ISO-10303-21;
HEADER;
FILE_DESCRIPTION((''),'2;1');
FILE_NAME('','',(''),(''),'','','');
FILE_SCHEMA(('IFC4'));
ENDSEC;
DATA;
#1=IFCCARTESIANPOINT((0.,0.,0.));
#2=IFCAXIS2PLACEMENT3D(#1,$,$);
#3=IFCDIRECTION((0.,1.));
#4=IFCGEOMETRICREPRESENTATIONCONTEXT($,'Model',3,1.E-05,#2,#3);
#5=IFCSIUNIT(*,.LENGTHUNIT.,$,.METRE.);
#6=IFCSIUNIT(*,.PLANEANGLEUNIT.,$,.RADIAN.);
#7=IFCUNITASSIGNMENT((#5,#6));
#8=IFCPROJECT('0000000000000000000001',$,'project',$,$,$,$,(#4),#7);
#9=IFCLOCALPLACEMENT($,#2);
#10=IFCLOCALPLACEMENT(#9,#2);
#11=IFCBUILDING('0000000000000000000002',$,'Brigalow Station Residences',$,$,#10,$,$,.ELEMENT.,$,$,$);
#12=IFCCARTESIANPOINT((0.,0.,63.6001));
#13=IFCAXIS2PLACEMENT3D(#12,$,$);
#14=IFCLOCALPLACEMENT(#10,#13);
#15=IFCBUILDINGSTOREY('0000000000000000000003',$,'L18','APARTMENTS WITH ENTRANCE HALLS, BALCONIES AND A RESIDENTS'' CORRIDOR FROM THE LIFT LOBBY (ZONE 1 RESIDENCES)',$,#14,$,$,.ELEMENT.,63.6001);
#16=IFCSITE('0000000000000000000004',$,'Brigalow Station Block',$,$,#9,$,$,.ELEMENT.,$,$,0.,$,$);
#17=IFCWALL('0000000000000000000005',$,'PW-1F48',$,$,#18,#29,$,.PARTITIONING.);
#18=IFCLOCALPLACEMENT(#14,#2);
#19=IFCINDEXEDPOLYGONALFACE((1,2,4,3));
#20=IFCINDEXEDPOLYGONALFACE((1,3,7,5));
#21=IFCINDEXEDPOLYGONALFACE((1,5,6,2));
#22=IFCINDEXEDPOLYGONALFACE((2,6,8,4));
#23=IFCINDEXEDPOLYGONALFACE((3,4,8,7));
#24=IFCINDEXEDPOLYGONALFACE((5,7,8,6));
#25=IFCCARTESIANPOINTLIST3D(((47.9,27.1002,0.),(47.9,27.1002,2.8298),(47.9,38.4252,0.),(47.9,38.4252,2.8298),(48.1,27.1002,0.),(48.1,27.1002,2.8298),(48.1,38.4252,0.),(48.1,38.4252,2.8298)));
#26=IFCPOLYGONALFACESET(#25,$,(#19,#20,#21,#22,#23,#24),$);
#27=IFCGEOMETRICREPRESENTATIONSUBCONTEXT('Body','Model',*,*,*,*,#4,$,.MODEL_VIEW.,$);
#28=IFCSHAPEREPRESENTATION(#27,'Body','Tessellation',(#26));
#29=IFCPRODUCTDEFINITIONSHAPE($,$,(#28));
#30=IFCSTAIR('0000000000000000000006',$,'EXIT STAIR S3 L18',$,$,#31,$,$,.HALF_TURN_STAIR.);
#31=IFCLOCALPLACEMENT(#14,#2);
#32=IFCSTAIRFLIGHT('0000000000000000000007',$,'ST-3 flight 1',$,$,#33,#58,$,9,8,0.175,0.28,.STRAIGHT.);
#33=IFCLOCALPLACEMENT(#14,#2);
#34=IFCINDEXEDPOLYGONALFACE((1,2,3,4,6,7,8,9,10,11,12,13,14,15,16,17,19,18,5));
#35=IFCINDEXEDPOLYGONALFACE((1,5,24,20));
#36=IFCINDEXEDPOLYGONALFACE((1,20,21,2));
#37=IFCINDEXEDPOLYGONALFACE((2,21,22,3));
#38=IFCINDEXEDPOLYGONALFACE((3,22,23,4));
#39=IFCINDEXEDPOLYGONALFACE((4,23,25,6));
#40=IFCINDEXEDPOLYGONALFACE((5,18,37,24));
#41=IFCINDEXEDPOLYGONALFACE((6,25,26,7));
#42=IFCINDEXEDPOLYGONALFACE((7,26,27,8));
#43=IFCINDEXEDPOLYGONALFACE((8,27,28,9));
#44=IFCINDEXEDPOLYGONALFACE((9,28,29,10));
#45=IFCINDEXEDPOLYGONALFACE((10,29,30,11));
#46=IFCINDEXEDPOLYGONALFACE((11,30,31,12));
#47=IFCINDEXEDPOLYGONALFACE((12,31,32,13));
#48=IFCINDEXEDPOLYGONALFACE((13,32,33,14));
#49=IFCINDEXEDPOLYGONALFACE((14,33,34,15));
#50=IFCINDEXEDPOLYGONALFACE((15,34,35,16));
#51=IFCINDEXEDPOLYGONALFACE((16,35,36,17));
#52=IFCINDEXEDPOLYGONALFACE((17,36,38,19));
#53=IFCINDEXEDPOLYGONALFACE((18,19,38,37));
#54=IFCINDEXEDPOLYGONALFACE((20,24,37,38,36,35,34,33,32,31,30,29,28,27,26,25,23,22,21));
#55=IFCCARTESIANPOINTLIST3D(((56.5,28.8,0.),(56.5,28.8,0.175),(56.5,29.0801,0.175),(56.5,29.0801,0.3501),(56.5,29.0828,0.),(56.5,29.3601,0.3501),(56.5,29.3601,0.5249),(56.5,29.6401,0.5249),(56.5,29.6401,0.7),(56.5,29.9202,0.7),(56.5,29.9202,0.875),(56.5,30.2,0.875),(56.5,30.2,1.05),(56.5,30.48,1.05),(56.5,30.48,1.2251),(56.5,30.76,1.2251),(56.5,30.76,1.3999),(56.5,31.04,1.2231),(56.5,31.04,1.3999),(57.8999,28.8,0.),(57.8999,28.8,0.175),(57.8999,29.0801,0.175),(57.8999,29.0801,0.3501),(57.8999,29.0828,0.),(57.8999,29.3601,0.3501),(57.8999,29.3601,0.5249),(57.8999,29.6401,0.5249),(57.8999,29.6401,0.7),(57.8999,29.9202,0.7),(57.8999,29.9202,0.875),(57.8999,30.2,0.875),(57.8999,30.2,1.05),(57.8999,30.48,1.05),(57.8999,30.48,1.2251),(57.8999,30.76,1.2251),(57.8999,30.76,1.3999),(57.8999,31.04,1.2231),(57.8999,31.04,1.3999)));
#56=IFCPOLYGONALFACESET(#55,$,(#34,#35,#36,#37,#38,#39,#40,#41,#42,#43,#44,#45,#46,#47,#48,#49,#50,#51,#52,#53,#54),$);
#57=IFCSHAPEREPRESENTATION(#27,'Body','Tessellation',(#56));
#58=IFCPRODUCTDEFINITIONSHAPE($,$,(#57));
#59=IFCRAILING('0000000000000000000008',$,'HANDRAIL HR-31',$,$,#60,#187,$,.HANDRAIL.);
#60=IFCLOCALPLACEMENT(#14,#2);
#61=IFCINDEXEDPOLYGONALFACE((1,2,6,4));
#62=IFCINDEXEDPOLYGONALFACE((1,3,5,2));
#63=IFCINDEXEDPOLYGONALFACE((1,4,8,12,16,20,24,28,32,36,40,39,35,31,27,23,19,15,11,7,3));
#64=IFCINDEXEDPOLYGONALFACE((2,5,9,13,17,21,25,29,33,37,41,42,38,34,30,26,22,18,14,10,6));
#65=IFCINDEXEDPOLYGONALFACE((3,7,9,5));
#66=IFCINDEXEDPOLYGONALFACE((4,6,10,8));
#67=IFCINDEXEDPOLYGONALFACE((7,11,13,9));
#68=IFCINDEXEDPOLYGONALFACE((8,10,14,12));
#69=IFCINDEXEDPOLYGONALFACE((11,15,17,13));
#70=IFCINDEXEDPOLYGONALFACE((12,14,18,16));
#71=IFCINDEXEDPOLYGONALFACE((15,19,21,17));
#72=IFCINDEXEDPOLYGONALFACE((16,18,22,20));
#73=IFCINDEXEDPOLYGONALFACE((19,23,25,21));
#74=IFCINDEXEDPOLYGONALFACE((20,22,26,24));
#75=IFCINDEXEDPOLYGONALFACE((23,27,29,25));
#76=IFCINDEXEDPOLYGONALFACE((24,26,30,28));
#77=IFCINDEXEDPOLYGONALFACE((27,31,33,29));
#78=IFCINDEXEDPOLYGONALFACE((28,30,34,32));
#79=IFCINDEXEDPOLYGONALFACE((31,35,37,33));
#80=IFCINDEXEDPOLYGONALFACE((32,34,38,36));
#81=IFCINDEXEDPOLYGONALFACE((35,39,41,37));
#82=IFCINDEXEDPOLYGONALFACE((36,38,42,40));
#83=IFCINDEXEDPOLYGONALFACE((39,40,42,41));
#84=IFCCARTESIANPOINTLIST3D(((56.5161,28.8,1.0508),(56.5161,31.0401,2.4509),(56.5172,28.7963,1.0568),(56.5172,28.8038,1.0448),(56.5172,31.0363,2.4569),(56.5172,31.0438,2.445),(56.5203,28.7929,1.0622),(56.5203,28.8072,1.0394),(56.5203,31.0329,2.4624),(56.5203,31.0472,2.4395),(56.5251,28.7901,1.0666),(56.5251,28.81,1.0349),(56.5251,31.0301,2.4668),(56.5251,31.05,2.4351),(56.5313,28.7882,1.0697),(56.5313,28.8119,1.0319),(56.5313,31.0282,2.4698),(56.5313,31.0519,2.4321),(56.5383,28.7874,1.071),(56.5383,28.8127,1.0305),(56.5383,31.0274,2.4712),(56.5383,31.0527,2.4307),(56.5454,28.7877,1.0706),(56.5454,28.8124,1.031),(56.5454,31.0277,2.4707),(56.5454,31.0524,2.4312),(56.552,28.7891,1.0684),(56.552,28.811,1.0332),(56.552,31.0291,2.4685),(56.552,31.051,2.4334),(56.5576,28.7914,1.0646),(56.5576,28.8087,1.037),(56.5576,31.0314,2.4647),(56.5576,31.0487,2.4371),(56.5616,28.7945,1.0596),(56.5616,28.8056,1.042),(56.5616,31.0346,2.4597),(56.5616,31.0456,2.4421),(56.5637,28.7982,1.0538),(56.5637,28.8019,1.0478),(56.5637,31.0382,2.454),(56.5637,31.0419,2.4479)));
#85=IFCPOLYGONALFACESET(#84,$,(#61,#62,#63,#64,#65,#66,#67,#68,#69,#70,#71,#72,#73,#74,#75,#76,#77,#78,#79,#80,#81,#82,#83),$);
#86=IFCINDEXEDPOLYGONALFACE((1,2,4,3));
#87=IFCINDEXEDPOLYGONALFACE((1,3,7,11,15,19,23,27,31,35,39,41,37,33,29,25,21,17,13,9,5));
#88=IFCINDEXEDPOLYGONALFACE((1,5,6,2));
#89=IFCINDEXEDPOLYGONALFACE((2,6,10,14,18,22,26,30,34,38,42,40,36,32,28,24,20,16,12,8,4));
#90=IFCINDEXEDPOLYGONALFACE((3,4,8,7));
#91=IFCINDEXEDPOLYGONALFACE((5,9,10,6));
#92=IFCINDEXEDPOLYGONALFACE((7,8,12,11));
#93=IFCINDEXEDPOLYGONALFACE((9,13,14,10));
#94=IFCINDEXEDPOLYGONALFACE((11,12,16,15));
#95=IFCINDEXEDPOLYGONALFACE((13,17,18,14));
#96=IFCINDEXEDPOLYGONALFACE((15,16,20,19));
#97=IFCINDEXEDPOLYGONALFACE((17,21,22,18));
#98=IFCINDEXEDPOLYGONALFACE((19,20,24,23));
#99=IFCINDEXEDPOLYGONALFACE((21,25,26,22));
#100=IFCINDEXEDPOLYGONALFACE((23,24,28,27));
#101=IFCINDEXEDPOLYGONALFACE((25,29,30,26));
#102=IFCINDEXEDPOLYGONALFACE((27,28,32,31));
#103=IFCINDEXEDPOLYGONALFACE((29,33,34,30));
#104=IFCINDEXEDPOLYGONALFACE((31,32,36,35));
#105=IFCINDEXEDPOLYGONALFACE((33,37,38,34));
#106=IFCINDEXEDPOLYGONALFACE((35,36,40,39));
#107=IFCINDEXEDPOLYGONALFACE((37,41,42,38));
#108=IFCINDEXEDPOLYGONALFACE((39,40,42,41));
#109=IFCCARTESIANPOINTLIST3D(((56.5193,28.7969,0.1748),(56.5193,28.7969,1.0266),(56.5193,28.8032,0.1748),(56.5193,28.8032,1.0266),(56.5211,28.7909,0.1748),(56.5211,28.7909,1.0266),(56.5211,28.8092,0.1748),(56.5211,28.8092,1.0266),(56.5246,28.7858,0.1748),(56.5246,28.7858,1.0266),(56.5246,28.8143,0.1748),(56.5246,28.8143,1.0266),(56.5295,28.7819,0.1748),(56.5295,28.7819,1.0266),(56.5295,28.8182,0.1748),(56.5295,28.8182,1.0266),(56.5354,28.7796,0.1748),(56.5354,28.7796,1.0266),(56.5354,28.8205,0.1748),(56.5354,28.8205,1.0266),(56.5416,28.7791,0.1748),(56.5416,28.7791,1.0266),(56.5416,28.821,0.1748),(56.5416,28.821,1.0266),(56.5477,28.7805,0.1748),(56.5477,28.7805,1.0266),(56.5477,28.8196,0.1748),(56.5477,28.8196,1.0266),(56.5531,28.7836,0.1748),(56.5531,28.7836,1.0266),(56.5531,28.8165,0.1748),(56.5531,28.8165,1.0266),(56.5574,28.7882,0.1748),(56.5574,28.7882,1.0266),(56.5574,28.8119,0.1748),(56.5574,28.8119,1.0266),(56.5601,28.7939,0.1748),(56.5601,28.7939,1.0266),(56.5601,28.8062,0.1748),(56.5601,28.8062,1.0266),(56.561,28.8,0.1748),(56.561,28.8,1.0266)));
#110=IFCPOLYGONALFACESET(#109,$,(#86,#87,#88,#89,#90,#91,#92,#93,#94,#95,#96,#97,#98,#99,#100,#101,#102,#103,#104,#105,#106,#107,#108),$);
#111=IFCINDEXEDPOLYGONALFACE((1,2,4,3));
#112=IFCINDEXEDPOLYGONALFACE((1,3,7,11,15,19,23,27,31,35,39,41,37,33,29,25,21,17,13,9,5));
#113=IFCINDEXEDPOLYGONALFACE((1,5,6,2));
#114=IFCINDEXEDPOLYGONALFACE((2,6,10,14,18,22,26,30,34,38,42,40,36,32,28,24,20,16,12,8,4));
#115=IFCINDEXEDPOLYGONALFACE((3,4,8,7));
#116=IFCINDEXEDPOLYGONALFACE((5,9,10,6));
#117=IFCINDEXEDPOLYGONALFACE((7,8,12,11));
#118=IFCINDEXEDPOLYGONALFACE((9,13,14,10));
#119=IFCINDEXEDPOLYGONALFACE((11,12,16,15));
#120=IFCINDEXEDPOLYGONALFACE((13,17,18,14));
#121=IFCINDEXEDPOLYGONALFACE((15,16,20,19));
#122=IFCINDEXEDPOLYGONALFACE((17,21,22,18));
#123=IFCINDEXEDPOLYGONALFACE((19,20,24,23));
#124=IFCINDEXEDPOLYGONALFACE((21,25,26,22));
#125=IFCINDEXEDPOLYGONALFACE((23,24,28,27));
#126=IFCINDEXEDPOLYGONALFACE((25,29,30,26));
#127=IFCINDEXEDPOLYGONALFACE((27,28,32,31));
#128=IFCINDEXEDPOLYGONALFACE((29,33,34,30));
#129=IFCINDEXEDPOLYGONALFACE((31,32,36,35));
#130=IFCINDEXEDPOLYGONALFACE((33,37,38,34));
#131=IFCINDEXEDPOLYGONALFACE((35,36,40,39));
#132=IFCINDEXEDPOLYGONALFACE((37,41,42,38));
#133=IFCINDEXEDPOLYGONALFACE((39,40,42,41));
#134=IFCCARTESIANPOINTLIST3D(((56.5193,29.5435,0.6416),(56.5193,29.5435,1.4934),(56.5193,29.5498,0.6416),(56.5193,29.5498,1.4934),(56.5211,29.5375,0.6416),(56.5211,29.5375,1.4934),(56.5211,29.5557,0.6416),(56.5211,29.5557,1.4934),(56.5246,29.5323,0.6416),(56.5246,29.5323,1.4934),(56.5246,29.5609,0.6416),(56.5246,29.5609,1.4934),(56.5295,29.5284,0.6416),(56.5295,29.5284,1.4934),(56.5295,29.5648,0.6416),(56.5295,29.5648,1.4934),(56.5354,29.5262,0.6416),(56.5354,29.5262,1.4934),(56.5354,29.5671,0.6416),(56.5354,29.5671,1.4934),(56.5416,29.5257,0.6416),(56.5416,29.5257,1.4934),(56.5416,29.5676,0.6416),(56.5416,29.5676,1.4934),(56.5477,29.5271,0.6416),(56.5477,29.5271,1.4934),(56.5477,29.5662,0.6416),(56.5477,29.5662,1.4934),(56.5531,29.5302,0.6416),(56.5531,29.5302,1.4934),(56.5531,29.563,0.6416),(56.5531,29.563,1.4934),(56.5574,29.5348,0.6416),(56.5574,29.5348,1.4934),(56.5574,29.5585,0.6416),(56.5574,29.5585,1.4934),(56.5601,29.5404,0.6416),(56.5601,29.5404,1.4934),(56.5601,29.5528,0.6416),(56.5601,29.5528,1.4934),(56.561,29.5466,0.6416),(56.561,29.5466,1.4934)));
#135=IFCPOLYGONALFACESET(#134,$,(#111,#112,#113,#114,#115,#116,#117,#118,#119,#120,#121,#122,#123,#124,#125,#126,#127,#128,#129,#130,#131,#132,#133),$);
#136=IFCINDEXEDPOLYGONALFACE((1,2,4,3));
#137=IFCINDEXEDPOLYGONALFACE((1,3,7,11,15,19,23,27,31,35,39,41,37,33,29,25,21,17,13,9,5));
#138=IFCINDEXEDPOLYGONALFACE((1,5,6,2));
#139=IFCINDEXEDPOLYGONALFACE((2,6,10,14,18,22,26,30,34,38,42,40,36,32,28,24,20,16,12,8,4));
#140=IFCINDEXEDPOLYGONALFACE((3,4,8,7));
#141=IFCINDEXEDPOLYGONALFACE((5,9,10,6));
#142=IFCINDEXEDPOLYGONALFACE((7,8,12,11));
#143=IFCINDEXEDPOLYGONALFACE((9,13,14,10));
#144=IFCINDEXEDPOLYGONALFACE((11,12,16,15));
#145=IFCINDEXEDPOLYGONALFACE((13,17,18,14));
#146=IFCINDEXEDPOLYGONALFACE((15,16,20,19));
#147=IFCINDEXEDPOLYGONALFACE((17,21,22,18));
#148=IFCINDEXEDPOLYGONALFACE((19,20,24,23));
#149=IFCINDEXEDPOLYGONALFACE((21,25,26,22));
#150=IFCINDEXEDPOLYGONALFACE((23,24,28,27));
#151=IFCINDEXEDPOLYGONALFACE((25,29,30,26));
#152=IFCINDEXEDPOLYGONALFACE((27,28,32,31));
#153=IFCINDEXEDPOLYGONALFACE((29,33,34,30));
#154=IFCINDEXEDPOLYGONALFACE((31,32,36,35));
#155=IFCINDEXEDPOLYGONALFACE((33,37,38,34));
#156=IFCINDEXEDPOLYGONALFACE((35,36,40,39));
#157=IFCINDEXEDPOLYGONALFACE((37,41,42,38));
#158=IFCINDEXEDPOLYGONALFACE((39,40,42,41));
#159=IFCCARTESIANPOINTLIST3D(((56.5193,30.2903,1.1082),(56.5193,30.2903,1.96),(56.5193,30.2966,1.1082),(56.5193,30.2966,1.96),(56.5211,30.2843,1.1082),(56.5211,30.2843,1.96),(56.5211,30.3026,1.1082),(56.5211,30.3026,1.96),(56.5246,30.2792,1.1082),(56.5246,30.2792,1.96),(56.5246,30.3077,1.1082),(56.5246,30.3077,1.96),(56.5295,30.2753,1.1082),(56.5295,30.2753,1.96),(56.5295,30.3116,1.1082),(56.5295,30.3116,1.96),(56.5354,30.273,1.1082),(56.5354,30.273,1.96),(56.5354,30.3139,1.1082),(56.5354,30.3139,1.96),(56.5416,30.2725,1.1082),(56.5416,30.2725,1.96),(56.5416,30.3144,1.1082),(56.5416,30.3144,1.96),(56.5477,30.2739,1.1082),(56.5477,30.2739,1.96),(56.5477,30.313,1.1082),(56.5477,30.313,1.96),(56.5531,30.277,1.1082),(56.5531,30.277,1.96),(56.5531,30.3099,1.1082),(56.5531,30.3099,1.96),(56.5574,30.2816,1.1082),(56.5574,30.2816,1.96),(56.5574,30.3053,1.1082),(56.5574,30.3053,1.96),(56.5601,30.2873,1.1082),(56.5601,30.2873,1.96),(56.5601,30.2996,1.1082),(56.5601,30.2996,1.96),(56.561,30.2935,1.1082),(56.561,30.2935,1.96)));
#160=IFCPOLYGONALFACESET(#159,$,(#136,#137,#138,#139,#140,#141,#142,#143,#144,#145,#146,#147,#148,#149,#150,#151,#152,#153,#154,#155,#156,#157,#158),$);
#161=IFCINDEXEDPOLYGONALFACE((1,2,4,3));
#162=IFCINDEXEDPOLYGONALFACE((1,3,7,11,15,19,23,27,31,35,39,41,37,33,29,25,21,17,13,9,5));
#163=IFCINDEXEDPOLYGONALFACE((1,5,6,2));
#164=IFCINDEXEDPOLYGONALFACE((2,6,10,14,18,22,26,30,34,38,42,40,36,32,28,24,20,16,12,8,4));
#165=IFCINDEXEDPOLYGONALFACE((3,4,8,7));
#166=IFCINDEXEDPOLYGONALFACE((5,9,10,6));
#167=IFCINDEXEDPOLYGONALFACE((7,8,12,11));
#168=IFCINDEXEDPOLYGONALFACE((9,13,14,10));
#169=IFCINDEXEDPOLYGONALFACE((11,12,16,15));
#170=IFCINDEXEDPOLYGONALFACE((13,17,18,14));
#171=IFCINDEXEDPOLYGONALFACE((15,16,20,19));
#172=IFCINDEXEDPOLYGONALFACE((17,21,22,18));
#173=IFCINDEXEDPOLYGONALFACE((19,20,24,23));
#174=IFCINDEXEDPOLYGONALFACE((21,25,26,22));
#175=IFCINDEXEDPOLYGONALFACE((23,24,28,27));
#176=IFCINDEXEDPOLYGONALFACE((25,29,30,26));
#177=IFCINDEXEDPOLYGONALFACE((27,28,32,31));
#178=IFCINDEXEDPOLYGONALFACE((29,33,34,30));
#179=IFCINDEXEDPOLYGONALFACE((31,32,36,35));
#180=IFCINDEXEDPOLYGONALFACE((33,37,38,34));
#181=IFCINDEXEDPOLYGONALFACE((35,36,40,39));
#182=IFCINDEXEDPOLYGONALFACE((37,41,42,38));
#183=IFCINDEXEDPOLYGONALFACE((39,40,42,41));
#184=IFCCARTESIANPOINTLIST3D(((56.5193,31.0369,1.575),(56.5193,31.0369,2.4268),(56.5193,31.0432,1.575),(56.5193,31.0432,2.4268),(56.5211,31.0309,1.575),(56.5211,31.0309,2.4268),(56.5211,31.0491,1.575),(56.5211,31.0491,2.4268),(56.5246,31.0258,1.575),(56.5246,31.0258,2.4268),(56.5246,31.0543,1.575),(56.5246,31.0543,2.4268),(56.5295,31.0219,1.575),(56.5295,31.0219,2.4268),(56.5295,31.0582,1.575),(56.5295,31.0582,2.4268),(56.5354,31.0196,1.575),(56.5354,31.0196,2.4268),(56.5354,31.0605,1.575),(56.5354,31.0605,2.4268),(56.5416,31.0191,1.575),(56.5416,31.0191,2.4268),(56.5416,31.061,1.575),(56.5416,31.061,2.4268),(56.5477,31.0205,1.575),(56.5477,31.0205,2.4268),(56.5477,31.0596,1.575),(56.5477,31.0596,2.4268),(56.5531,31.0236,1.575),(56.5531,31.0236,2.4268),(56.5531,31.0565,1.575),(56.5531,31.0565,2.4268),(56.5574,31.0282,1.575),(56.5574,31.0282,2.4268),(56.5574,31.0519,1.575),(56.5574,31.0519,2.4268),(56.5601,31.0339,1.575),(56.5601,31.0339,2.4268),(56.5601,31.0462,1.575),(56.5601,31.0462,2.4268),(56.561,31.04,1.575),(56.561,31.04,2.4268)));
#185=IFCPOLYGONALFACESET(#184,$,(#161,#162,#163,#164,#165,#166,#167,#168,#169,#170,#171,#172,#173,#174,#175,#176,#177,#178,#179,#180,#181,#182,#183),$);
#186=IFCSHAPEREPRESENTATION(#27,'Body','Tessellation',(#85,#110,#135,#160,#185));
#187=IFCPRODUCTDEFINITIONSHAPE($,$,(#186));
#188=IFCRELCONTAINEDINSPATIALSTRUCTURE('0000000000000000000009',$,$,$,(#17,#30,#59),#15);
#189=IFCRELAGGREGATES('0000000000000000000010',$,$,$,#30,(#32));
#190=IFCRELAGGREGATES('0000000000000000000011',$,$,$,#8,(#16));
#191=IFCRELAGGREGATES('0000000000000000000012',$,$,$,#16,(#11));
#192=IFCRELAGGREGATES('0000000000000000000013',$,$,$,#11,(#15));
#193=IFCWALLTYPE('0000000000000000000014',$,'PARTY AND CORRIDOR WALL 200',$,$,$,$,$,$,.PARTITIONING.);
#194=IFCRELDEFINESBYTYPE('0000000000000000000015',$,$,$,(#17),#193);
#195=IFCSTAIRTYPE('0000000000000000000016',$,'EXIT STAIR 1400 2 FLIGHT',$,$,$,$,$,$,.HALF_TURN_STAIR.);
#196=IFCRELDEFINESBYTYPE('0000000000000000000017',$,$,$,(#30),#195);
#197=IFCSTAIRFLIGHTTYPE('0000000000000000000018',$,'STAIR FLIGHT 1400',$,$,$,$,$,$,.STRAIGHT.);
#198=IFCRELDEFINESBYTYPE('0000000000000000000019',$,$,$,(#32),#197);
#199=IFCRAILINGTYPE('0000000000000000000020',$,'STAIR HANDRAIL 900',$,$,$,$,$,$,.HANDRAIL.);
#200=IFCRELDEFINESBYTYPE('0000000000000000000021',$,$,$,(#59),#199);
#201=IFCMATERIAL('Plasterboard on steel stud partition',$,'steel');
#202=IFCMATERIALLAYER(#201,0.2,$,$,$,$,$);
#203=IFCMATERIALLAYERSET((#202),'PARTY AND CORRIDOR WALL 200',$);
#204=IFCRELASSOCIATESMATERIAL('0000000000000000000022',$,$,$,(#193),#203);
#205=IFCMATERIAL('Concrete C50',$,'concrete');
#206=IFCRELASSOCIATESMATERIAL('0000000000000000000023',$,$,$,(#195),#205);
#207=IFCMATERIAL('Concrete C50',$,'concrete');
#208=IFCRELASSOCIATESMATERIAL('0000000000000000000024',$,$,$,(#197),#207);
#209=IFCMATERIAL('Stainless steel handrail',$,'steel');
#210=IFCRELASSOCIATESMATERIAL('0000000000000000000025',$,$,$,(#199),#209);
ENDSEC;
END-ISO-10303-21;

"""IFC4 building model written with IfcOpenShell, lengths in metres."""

from ifc_helpers import new_model, si_unit, direction, frame, frame_2d, origin, origin_2d, place, context, subcontext, project, spatial, polyline, rectangle, circle, outline, extrude, material, layer, layer_set, type_object, element, aggregate, save


model = new_model("IFC4")

# Units and contexts
model_context = context("Model", 3, precision=1e-05, world=origin(), true_north=direction((0.0, 1.0)))
body_context = subcontext(model_context, "Body", "Model", "MODEL_VIEW")
ifc_project = project(units=[si_unit("LENGTHUNIT", "METRE"), si_unit("PLANEANGLEUNIT", "RADIAN")], contexts=[model_context])

# Site, building, storey
site_placement = place(None, origin())
site = spatial("IfcSite", under=ifc_project, at=site_placement, Name="Brigalow Station Block", CompositionType="ELEMENT", RefElevation=0.0)
building_placement = place(site_placement, origin())
building = spatial("IfcBuilding", under=site, at=building_placement, Name="Brigalow Station Residences", CompositionType="ELEMENT")
storey_placement = place(building_placement, frame((0.0, 0.0, 63.6001)))
storey = spatial("IfcBuildingStorey", under=building, at=storey_placement, Name="L18", Description="APARTMENTS WITH ENTRANCE HALLS, BALCONIES AND A RESIDENTS' CORRIDOR FROM THE LIFT LOBBY (ZONE 1 RESIDENCES)", CompositionType="ELEMENT", Elevation=63.6001)

# Wall
ifc_material_1 = material(Name="Plasterboard on steel stud partition", Category="steel")
ifc_layer_1 = layer(ifc_material_1, 0.2)
ifc_layer_set_1 = layer_set([ifc_layer_1], Name="PARTY AND CORRIDOR WALL 200")
wall_type_1 = type_object("IfcWallType", Name="PARTY AND CORRIDOR WALL 200", PredefinedType="PARTITIONING", material=ifc_layer_set_1)
wall_1_placement = place(storey_placement, frame((48.0, 27.1001, 0.0), z_axis=(0.0, 0.0, 1.0), x_axis=(0.0, 1.0, 0.0)))
element("IfcWall", 1, at=wall_1_placement, inside=storey, type_object=wall_type_1, Name="PW-1F48", PredefinedType="PARTITIONING", context=body_context, shape_type="SweptSolid", body=[
    extrude(rectangle(XDim=11.325, YDim=0.2, at=frame_2d((5.6626, 0.0))), origin(), (0.0, 0.0, 1.0), 2.8298),
])

# Stair, stair flight
ifc_material_2 = material(Name="Concrete C50", Category="concrete")
stair_type = type_object("IfcStairType", Name="EXIT STAIR 1400 2 FLIGHT", PredefinedType="HALF_TURN_STAIR", material=ifc_material_2)
stair_placement = place(storey_placement, origin())
stair = element("IfcStair", 2, at=stair_placement, inside=storey, type_object=stair_type, Name="EXIT STAIR S3 L18", PredefinedType="HALF_TURN_STAIR")
ifc_material_3 = material(Name="Concrete C50", Category="concrete")
stair_flight_type = type_object("IfcStairFlightType", Name="STAIR FLIGHT 1400", PredefinedType="STRAIGHT", material=ifc_material_3)
stair_flight_placement = place(storey_placement, frame((57.2, 28.8, 0.0), z_axis=(0.0, 0.0, 1.0), x_axis=(0.0, 1.0, 0.0)))
stair_flight = element("IfcStairFlight", 3, at=stair_flight_placement, type_object=stair_flight_type, Name="ST-3 flight 1", NumberOfRisers=9, NumberOfTreads=8, PredefinedType="STRAIGHT", RiserHeight=0.175, TreadLength=0.28, context=body_context, shape_type="SweptSolid", body=[
    extrude(outline(polyline([(0.0, 0.0), (0.0, 0.175), (0.28, 0.175), (0.28, 0.3501), (0.5601, 0.3501), (0.5601, 0.5249), (0.8401, 0.5249), (0.8401, 0.7), (1.1201, 0.7), (1.1201, 0.875), (1.3999, 0.875), (1.3999, 1.05), (1.6799, 1.05), (1.6799, 1.2251), (1.96, 1.2251), (1.96, 1.3999), (2.24, 1.3999), (2.24, 1.575), (2.24, 1.2231), (0.2827, 0.0), (0.0, 0.0)])), frame((0.0, 0.7, 0.0), z_axis=(0.0, -1.0, 0.0), x_axis=(1.0, 0.0, 0.0)), (0.0, 0.0, 1.0), 1.3999),
])
aggregate(stair, [stair_flight])

# Railing
ifc_material_4 = material(Name="Stainless steel handrail", Category="steel")
railing_type = type_object("IfcRailingType", Name="STAIR HANDRAIL 900", PredefinedType="HANDRAIL", material=ifc_material_4)
railing_placement = place(storey_placement, frame((56.54, 28.8, 0.1748)))
element("IfcRailing", 4, at=railing_placement, inside=storey, type_object=railing_type, Name="HANDRAIL HR-31", PredefinedType="HANDRAIL", context=body_context, shape_type="SweptSolid", body=[
    extrude(circle(Radius=0.0239, at=origin_2d()), frame((0.0, 0.0, 0.876), z_axis=(0.0, 0.847972, 0.53004), x_axis=(-1.0, 0.0, 0.0)), (0.0, 0.0, 1.0), 2.6416),
    extrude(circle(Radius=0.021, at=origin_2d()), origin(), (0.0, 0.0, 1.0), 0.8518),
    extrude(circle(Radius=0.021, at=origin_2d()), frame((0.0, 0.7466, 0.4668)), (0.0, 0.0, 1.0), 0.8518),
    extrude(circle(Radius=0.021, at=origin_2d()), frame((0.0, 1.4934, 0.9333)), (0.0, 0.0, 1.0), 0.8518),
    extrude(circle(Radius=0.021, at=origin_2d()), frame((0.0, 2.24, 1.4001)), (0.0, 0.0, 1.0), 0.8518),
])

save(model, "model.ifc")
